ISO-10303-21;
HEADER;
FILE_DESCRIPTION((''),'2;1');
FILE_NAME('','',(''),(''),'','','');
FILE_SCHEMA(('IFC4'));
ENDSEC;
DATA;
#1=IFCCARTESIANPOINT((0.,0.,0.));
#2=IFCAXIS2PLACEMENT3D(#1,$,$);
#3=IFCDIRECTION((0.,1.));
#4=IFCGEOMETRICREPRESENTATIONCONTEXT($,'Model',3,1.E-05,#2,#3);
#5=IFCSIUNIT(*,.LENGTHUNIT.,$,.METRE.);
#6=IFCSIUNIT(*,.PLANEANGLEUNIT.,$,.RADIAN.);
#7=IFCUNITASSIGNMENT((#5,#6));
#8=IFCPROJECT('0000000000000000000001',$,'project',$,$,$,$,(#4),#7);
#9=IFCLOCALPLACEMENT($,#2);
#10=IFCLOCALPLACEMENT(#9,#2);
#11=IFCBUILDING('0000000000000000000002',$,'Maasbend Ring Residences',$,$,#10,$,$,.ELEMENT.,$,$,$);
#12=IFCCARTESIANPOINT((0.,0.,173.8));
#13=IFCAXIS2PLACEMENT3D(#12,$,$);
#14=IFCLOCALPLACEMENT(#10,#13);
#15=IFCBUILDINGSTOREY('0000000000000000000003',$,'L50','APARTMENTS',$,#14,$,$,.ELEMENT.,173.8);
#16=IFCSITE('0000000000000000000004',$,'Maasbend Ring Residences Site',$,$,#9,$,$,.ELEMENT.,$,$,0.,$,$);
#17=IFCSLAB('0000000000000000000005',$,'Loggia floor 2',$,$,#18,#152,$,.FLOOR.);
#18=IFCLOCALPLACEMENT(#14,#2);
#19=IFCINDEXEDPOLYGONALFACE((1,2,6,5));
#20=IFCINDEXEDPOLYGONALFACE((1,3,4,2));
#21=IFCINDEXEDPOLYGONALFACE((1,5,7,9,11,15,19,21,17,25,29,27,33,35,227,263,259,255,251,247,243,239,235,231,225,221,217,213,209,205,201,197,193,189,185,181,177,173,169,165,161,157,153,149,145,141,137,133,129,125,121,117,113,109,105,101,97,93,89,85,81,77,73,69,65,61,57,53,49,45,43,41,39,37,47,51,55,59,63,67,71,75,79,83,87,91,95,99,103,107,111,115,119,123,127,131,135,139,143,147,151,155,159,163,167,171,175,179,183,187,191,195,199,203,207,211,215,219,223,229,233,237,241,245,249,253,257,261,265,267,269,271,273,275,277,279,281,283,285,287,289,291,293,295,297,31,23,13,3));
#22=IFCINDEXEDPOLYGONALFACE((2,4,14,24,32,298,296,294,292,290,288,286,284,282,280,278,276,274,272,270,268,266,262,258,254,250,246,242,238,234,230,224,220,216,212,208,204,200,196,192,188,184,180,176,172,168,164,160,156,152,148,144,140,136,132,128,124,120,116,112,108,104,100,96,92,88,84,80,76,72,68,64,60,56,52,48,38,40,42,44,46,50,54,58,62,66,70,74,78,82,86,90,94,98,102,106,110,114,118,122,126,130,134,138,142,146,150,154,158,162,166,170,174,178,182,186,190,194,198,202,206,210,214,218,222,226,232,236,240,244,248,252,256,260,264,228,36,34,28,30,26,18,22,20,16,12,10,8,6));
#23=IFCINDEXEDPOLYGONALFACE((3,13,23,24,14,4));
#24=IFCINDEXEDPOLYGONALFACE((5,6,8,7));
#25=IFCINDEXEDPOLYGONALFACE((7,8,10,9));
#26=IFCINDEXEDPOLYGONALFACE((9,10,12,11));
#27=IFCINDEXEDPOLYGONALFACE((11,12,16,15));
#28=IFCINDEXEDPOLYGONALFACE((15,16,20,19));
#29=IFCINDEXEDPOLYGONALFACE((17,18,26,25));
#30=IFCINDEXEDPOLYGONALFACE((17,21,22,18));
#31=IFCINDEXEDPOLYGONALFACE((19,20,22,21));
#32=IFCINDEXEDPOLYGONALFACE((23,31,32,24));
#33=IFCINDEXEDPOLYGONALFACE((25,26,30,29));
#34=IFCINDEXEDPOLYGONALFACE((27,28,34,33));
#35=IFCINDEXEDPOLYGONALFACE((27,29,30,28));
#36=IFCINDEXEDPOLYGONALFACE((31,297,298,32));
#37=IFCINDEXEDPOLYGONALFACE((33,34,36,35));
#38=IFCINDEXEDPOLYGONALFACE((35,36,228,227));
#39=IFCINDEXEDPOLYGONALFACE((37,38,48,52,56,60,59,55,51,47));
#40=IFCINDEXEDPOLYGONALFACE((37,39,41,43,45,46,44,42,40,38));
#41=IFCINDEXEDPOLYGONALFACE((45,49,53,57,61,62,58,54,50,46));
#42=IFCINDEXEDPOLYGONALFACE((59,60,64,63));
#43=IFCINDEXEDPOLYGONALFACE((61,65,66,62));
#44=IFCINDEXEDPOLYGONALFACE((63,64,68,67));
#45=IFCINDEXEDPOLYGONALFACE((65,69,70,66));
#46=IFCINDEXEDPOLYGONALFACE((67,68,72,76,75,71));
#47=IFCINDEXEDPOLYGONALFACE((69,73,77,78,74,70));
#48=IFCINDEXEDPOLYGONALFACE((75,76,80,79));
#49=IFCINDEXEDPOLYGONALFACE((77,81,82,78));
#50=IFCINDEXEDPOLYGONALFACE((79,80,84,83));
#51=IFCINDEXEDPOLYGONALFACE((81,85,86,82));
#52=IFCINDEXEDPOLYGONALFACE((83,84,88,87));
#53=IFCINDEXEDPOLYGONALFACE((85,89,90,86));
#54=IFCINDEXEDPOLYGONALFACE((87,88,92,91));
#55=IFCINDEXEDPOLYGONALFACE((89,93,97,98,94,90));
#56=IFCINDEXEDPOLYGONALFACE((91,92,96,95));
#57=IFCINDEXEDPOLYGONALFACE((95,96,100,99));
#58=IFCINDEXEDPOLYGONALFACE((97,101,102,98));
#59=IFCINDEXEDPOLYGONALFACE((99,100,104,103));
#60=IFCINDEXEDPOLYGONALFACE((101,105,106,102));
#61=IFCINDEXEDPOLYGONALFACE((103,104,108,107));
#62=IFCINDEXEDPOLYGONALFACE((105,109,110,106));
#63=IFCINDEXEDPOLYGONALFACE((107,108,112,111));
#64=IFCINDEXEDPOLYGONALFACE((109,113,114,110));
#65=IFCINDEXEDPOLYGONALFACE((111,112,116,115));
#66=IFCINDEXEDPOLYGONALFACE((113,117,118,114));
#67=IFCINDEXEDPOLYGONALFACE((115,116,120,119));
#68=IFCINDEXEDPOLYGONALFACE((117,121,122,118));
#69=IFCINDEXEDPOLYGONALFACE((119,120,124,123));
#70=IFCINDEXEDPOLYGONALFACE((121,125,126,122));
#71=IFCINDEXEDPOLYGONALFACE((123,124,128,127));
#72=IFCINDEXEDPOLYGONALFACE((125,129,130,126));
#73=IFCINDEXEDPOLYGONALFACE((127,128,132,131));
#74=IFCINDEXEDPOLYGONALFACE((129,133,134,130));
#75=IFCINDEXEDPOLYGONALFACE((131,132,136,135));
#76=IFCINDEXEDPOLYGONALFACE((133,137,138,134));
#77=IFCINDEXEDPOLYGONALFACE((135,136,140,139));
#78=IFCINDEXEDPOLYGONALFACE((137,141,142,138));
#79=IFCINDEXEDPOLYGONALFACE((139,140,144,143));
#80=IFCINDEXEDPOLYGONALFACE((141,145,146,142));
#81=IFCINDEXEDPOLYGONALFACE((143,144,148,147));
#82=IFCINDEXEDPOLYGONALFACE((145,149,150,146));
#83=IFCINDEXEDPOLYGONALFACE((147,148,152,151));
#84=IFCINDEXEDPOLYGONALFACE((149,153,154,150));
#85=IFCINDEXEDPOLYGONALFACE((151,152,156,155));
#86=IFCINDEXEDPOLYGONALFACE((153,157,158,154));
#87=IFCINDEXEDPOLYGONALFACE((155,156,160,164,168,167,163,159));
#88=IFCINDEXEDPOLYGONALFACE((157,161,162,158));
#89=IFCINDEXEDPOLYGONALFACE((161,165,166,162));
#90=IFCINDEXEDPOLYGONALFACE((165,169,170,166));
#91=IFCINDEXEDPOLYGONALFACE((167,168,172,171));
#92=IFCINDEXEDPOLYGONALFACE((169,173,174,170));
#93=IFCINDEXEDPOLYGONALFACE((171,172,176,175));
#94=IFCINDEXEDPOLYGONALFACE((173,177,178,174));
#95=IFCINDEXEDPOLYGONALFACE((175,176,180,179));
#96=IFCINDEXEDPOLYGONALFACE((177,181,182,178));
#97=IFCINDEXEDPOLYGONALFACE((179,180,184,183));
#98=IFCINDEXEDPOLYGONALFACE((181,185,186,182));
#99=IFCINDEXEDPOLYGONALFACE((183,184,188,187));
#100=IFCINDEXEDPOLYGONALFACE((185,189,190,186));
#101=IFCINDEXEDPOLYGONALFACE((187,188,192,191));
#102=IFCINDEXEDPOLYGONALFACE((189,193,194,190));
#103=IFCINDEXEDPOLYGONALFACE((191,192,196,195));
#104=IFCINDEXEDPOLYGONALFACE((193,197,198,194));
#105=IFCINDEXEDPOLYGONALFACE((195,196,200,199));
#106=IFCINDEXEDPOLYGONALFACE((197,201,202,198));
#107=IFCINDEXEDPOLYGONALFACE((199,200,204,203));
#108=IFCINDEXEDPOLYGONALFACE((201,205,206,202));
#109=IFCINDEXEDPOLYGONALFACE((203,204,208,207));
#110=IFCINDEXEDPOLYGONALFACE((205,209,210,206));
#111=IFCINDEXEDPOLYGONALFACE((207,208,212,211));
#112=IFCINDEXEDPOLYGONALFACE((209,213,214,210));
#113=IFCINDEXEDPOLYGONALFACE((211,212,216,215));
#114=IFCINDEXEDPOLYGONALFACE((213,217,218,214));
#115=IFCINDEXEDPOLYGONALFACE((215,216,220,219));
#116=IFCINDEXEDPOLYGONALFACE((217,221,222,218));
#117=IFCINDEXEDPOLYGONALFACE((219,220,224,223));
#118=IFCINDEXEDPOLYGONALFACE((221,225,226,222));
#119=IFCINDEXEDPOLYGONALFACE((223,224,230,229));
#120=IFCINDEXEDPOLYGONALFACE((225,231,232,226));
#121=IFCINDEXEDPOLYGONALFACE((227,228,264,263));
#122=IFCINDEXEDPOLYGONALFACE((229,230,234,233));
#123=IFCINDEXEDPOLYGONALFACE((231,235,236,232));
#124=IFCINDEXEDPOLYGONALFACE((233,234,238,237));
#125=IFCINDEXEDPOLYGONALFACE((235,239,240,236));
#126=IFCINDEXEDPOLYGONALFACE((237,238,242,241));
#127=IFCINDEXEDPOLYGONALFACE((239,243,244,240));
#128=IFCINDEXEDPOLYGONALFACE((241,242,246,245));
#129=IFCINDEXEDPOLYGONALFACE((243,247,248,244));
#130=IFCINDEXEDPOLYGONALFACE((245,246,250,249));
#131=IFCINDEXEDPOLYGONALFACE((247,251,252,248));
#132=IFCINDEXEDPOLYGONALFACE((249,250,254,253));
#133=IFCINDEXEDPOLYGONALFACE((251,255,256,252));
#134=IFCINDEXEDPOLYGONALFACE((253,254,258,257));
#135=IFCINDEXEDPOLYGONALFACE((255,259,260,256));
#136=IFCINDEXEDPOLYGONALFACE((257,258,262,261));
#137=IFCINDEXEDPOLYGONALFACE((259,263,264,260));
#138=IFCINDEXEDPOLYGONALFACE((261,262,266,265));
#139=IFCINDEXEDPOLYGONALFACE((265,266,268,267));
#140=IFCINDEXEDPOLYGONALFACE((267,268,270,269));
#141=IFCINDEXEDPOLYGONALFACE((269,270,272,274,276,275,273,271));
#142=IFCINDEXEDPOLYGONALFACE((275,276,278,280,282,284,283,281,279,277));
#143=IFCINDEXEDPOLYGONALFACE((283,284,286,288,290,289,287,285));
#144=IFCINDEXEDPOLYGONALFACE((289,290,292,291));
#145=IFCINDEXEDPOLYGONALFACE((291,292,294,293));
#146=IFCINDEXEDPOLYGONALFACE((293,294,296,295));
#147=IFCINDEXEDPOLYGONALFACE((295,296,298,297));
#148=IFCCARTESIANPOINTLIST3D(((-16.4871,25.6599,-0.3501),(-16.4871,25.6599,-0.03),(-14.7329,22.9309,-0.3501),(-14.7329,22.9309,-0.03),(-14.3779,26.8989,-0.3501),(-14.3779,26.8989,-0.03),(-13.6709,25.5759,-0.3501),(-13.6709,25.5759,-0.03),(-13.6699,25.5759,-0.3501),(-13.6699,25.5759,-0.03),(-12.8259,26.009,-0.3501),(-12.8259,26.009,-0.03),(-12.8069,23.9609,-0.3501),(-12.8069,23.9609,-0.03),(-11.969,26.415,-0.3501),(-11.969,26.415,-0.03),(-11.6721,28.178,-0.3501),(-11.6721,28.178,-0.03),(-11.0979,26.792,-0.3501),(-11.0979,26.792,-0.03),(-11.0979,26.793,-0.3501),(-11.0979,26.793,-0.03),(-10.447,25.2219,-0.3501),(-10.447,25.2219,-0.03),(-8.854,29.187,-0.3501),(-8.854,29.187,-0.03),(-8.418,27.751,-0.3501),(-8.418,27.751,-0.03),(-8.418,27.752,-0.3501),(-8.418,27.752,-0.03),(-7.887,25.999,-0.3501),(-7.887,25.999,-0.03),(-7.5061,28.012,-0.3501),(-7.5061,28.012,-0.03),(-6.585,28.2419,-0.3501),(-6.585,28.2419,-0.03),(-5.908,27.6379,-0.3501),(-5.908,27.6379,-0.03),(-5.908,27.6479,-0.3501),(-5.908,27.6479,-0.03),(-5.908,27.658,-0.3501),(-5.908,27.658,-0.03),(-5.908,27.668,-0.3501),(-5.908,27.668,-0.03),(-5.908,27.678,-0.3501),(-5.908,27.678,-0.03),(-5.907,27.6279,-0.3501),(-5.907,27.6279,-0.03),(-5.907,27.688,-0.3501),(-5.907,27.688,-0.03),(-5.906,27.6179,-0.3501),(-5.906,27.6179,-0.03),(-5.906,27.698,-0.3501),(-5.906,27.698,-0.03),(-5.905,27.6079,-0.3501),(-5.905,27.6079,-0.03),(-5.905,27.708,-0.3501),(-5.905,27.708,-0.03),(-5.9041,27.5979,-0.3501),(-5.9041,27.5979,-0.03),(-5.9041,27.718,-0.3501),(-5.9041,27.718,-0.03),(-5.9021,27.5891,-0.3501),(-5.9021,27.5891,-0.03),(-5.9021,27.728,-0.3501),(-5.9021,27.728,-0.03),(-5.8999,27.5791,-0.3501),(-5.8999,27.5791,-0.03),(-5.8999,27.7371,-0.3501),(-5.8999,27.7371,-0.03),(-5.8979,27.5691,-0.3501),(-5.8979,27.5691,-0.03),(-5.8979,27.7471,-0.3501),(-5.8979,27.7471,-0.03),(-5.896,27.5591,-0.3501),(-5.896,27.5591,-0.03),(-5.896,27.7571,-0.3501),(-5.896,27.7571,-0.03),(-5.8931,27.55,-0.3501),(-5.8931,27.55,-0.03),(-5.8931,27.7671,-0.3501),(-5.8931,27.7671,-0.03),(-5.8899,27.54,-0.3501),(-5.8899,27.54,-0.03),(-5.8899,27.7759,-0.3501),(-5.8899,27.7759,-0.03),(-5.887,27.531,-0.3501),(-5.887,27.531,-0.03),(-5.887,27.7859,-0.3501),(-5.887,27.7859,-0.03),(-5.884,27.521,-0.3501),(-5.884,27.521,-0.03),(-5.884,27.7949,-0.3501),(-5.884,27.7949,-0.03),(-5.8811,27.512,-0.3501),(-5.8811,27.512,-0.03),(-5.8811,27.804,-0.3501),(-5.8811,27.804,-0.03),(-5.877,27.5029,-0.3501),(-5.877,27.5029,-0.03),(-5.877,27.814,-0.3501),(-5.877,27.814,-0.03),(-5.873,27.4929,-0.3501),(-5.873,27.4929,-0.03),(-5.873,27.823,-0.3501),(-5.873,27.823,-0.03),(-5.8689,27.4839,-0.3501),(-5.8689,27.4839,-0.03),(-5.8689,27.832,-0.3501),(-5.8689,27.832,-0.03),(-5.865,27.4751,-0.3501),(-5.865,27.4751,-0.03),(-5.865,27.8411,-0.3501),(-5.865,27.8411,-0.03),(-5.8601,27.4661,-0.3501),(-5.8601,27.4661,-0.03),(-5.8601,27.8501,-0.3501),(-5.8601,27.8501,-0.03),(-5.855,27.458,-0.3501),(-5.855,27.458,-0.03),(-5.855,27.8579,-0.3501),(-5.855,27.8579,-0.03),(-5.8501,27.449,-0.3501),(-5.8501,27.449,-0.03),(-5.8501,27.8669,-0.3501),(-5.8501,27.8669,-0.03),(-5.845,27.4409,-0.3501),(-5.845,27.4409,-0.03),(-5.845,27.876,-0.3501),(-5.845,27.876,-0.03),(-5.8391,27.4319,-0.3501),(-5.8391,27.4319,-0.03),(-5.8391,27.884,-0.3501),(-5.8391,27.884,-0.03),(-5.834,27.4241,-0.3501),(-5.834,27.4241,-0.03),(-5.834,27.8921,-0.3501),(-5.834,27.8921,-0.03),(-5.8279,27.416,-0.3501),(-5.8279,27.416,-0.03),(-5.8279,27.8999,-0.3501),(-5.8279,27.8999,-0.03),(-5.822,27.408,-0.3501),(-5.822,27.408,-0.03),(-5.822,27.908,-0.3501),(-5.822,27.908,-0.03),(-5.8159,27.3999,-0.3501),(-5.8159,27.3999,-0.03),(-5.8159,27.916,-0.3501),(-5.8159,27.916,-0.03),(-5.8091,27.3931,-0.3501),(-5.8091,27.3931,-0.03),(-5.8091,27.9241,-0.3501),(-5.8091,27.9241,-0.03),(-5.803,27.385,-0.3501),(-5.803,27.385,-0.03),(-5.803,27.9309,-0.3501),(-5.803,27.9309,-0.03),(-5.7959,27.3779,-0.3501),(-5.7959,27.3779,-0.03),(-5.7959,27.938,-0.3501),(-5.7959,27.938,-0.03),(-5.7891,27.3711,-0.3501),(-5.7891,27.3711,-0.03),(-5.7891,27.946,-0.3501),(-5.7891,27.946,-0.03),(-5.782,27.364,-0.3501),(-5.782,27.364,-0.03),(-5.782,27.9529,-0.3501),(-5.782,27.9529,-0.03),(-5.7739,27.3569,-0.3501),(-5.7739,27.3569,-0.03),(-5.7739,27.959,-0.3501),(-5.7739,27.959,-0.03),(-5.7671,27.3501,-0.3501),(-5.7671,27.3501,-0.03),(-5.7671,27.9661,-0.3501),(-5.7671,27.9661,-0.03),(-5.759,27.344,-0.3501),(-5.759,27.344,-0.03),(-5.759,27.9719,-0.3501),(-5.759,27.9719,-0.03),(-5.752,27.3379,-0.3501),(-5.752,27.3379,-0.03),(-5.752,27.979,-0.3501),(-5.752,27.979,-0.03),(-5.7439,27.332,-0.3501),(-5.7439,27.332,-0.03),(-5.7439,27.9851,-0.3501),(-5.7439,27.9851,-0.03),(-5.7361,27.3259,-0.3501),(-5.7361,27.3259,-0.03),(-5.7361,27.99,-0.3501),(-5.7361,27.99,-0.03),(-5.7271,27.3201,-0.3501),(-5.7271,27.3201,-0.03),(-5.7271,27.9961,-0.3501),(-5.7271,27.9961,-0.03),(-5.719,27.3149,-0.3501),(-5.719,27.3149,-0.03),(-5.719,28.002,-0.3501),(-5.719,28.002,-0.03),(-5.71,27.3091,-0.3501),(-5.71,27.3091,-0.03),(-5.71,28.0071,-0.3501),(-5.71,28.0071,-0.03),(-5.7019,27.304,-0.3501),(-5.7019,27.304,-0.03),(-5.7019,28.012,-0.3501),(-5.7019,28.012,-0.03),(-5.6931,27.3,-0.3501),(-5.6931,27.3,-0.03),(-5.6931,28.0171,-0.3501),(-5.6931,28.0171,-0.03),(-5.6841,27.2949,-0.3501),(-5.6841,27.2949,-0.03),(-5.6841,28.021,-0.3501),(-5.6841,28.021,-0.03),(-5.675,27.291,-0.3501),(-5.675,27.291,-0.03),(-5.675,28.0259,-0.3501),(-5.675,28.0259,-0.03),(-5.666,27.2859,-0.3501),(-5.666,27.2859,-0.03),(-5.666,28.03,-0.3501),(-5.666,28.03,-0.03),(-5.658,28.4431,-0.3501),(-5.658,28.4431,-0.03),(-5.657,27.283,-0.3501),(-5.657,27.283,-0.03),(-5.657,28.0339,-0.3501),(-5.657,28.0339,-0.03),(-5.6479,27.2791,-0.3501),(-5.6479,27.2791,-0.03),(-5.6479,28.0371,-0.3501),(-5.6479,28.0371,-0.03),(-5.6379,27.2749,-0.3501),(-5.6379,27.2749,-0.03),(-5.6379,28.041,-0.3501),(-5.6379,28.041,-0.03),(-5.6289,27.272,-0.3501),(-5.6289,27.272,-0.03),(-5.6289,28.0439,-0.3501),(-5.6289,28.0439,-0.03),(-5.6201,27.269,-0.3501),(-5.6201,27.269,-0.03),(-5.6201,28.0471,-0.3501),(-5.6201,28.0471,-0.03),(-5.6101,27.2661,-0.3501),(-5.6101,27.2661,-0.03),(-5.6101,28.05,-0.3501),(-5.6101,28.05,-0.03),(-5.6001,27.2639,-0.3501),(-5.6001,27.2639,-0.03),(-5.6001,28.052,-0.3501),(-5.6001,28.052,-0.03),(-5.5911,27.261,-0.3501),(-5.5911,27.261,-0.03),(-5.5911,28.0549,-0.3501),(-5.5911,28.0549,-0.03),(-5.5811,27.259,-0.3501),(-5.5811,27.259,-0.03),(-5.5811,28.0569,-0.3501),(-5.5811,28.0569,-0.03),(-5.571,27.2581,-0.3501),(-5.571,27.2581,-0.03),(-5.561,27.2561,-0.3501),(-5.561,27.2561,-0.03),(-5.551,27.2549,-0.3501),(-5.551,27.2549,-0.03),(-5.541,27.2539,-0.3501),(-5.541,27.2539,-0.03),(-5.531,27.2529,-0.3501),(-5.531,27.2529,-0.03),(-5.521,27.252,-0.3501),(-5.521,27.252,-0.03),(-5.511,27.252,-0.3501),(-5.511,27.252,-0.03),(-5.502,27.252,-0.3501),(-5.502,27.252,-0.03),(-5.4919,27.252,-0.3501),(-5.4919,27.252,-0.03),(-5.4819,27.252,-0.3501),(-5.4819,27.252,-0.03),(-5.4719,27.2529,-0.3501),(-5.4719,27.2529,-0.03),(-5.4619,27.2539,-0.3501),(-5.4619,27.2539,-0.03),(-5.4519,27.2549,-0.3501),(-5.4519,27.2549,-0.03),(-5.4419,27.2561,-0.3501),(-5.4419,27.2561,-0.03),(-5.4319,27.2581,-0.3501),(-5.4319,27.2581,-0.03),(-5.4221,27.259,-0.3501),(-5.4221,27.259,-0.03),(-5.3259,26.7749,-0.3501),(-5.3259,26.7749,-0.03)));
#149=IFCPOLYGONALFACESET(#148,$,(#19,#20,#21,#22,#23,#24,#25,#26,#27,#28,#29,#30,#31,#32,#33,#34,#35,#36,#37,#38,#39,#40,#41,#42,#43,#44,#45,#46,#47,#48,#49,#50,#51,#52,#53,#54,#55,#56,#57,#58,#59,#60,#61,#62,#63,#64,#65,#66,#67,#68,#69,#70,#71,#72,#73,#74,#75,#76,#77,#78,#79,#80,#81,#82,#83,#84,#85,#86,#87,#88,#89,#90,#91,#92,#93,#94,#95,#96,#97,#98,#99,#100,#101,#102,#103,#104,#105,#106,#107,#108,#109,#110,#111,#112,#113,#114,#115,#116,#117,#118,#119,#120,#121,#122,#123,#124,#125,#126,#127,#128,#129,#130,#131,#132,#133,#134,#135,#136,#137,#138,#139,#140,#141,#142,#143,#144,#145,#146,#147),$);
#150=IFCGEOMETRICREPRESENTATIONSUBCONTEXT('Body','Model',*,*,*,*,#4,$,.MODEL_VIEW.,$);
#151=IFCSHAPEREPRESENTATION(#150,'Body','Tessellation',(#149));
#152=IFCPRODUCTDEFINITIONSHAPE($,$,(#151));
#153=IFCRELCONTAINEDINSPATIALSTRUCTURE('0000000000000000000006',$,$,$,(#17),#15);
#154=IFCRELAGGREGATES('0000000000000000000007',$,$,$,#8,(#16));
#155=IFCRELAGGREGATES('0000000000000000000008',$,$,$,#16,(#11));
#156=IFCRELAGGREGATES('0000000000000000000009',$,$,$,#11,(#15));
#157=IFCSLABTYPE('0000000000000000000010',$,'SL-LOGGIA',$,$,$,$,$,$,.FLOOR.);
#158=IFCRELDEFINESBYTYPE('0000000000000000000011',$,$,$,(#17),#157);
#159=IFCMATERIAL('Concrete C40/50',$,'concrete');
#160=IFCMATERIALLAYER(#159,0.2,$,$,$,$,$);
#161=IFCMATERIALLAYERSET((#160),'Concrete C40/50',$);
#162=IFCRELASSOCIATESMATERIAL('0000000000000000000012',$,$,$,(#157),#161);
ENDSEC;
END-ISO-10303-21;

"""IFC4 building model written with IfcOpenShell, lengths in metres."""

from ifc_helpers import new_model, si_unit, direction, frame, origin, place, context, subcontext, project, spatial, polyline, outline, extrude, material, layer, layer_set, type_object, element, save


model = new_model("IFC4")

# Units and contexts
model_context = context("Model", 3, precision=1e-05, world=origin(), true_north=direction((0.0, 1.0)))
body_context = subcontext(model_context, "Body", "Model", "MODEL_VIEW")
ifc_project = project(units=[si_unit("LENGTHUNIT", "METRE"), si_unit("PLANEANGLEUNIT", "RADIAN")], contexts=[model_context])

# Site, building, storey
site_placement = place(None, origin())
site = spatial("IfcSite", under=ifc_project, at=site_placement, Name="Maasbend Ring Residences Site", CompositionType="ELEMENT", RefElevation=0.0)
building_placement = place(site_placement, origin())
building = spatial("IfcBuilding", under=site, at=building_placement, Name="Maasbend Ring Residences", CompositionType="ELEMENT")
storey_placement = place(building_placement, frame((0.0, 0.0, 173.8)))
storey = spatial("IfcBuildingStorey", under=building, at=storey_placement, Name="L50", Description="APARTMENTS", CompositionType="ELEMENT", Elevation=173.8)

# Slab
ifc_material_1 = material(Name="Concrete C40/50", Category="concrete")
ifc_layer_1 = layer(ifc_material_1, 0.2)
ifc_layer_set_1 = layer_set([ifc_layer_1], Name="Concrete C40/50")
slab_type_1 = type_object("IfcSlabType", Name="SL-LOGGIA", PredefinedType="FLOOR", material=ifc_layer_set_1)
slab_1_placement = place(storey_placement, frame((0.0, 0.0, -0.3501)))
element("IfcSlab", 1, at=slab_1_placement, inside=storey, type_object=slab_type_1, Name="Loggia floor 2", PredefinedType="FLOOR", context=body_context, shape_type="SweptSolid", body=[
    extrude(outline(polyline([(-13.6709, 25.5759), (-13.6709, 25.5759), (-13.6709, 25.5759), (-13.6709, 25.5759), (-13.6709, 25.5759), (-13.6709, 25.5759), (-13.6709, 25.5759), (-13.6699, 25.5759), (-13.6699, 25.5759), (-13.6699, 25.5759), (-13.6699, 25.5759), (-13.6699, 25.5759), (-13.6699, 25.5759), (-13.6699, 25.5759), (-13.6699, 25.5759), (-13.6699, 25.5759), (-13.6699, 25.5759), (-12.8259, 26.009), (-12.8259, 26.009), (-11.969, 26.415), (-11.969, 26.415), (-11.0979, 26.792), (-11.0979, 26.792), (-11.0979, 26.792), (-11.0979, 26.792), (-11.0979, 26.792), (-11.0979, 26.792), (-11.0979, 26.792), (-11.0979, 26.793), (-11.0979, 26.793), (-11.0979, 26.793), (-11.0979, 26.793), (-11.0979, 26.793), (-11.0979, 26.793), (-11.0979, 26.793), (-11.0979, 26.793), (-11.0979, 26.793), (-11.0979, 26.793), (-11.6721, 28.178), (-11.6721, 28.178), (-11.6721, 28.178), (-8.854, 29.187), (-8.854, 29.187), (-8.854, 29.187), (-8.418, 27.752), (-8.418, 27.752), (-8.418, 27.752), (-8.418, 27.752), (-8.418, 27.752), (-8.418, 27.752), (-8.418, 27.752), (-8.418, 27.751), (-8.418, 27.751), (-8.418, 27.751), (-8.418, 27.751), (-8.418, 27.751), (-8.418, 27.751), (-8.418, 27.751), (-8.418, 27.751), (-8.418, 27.751), (-8.418, 27.751), (-7.5061, 28.012), (-7.5061, 28.012), (-6.585, 28.2419), (-6.585, 28.2419), (-5.658, 28.4431), (-5.658, 28.4431), (-5.658, 28.4431), (-5.5811, 28.0569), (-5.5911, 28.0549), (-5.6001, 28.052), (-5.6101, 28.05), (-5.6201, 28.0471), (-5.6289, 28.0439), (-5.6379, 28.041), (-5.6479, 28.0371), (-5.657, 28.0339), (-5.666, 28.03), (-5.675, 28.0259), (-5.6841, 28.021), (-5.6931, 28.0171), (-5.7019, 28.012), (-5.71, 28.0071), (-5.719, 28.002), (-5.7271, 27.9961), (-5.7361, 27.99), (-5.7439, 27.9851), (-5.752, 27.979), (-5.759, 27.9719), (-5.7671, 27.9661), (-5.7739, 27.959), (-5.782, 27.9529), (-5.7891, 27.946), (-5.7959, 27.938), (-5.803, 27.9309), (-5.8091, 27.9241), (-5.8159, 27.916), (-5.822, 27.908), (-5.8279, 27.8999), (-5.834, 27.8921), (-5.8391, 27.884), (-5.845, 27.876), (-5.8501, 27.8669), (-5.855, 27.8579), (-5.8601, 27.8501), (-5.865, 27.8411), (-5.8689, 27.832), (-5.873, 27.823), (-5.877, 27.814), (-5.8811, 27.804), (-5.884, 27.7949), (-5.887, 27.7859), (-5.8899, 27.7759), (-5.8931, 27.7671), (-5.896, 27.7571), (-5.8979, 27.7471), (-5.8999, 27.7371), (-5.9021, 27.728), (-5.9041, 27.718), (-5.905, 27.708), (-5.906, 27.698), (-5.907, 27.688), (-5.908, 27.678), (-5.908, 27.668), (-5.908, 27.658), (-5.908, 27.6479), (-5.908, 27.6379), (-5.907, 27.6279), (-5.906, 27.6179), (-5.905, 27.6079), (-5.9041, 27.5979), (-5.9021, 27.5891), (-5.8999, 27.5791), (-5.8979, 27.5691), (-5.896, 27.5591), (-5.8931, 27.55), (-5.8899, 27.54), (-5.887, 27.531), (-5.884, 27.521), (-5.8811, 27.512), (-5.877, 27.5029), (-5.873, 27.4929), (-5.8689, 27.4839), (-5.865, 27.4751), (-5.8601, 27.4661), (-5.855, 27.458), (-5.8501, 27.449), (-5.845, 27.4409), (-5.8391, 27.4319), (-5.834, 27.4241), (-5.8279, 27.416), (-5.822, 27.408), (-5.8159, 27.3999), (-5.8091, 27.3931), (-5.803, 27.385), (-5.7959, 27.3779), (-5.7891, 27.3711), (-5.782, 27.364), (-5.7739, 27.3569), (-5.7671, 27.3501), (-5.759, 27.344), (-5.752, 27.3379), (-5.7439, 27.332), (-5.7361, 27.3259), (-5.7271, 27.3201), (-5.719, 27.3149), (-5.71, 27.3091), (-5.7019, 27.304), (-5.6931, 27.3), (-5.6841, 27.2949), (-5.675, 27.291), (-5.666, 27.2859), (-5.657, 27.283), (-5.6479, 27.2791), (-5.6379, 27.2749), (-5.6289, 27.272), (-5.6201, 27.269), (-5.6101, 27.2661), (-5.6001, 27.2639), (-5.5911, 27.261), (-5.5811, 27.259), (-5.571, 27.2581), (-5.561, 27.2561), (-5.551, 27.2549), (-5.541, 27.2539), (-5.531, 27.2529), (-5.521, 27.252), (-5.511, 27.252), (-5.502, 27.252), (-5.4919, 27.252), (-5.4819, 27.252), (-5.4719, 27.2529), (-5.4619, 27.2539), (-5.4519, 27.2549), (-5.4419, 27.2561), (-5.4319, 27.2581), (-5.4221, 27.259), (-5.3259, 26.7749), (-5.3259, 26.7749), (-5.3259, 26.7749), (-7.887, 25.999), (-10.447, 25.2219), (-10.447, 25.2219), (-10.447, 25.2219), (-12.8069, 23.9609), (-14.7329, 22.9309), (-14.7329, 22.9309), (-14.7329, 22.9309), (-16.4871, 25.6599), (-16.4871, 25.6599), (-16.4871, 25.6599), (-14.3779, 26.8989), (-14.3779, 26.8989), (-14.3779, 26.8989), (-13.6709, 25.5759)])), origin(), (0.0, 0.0, 1.0), 0.3201),
])

save(model, "model.ifc")
